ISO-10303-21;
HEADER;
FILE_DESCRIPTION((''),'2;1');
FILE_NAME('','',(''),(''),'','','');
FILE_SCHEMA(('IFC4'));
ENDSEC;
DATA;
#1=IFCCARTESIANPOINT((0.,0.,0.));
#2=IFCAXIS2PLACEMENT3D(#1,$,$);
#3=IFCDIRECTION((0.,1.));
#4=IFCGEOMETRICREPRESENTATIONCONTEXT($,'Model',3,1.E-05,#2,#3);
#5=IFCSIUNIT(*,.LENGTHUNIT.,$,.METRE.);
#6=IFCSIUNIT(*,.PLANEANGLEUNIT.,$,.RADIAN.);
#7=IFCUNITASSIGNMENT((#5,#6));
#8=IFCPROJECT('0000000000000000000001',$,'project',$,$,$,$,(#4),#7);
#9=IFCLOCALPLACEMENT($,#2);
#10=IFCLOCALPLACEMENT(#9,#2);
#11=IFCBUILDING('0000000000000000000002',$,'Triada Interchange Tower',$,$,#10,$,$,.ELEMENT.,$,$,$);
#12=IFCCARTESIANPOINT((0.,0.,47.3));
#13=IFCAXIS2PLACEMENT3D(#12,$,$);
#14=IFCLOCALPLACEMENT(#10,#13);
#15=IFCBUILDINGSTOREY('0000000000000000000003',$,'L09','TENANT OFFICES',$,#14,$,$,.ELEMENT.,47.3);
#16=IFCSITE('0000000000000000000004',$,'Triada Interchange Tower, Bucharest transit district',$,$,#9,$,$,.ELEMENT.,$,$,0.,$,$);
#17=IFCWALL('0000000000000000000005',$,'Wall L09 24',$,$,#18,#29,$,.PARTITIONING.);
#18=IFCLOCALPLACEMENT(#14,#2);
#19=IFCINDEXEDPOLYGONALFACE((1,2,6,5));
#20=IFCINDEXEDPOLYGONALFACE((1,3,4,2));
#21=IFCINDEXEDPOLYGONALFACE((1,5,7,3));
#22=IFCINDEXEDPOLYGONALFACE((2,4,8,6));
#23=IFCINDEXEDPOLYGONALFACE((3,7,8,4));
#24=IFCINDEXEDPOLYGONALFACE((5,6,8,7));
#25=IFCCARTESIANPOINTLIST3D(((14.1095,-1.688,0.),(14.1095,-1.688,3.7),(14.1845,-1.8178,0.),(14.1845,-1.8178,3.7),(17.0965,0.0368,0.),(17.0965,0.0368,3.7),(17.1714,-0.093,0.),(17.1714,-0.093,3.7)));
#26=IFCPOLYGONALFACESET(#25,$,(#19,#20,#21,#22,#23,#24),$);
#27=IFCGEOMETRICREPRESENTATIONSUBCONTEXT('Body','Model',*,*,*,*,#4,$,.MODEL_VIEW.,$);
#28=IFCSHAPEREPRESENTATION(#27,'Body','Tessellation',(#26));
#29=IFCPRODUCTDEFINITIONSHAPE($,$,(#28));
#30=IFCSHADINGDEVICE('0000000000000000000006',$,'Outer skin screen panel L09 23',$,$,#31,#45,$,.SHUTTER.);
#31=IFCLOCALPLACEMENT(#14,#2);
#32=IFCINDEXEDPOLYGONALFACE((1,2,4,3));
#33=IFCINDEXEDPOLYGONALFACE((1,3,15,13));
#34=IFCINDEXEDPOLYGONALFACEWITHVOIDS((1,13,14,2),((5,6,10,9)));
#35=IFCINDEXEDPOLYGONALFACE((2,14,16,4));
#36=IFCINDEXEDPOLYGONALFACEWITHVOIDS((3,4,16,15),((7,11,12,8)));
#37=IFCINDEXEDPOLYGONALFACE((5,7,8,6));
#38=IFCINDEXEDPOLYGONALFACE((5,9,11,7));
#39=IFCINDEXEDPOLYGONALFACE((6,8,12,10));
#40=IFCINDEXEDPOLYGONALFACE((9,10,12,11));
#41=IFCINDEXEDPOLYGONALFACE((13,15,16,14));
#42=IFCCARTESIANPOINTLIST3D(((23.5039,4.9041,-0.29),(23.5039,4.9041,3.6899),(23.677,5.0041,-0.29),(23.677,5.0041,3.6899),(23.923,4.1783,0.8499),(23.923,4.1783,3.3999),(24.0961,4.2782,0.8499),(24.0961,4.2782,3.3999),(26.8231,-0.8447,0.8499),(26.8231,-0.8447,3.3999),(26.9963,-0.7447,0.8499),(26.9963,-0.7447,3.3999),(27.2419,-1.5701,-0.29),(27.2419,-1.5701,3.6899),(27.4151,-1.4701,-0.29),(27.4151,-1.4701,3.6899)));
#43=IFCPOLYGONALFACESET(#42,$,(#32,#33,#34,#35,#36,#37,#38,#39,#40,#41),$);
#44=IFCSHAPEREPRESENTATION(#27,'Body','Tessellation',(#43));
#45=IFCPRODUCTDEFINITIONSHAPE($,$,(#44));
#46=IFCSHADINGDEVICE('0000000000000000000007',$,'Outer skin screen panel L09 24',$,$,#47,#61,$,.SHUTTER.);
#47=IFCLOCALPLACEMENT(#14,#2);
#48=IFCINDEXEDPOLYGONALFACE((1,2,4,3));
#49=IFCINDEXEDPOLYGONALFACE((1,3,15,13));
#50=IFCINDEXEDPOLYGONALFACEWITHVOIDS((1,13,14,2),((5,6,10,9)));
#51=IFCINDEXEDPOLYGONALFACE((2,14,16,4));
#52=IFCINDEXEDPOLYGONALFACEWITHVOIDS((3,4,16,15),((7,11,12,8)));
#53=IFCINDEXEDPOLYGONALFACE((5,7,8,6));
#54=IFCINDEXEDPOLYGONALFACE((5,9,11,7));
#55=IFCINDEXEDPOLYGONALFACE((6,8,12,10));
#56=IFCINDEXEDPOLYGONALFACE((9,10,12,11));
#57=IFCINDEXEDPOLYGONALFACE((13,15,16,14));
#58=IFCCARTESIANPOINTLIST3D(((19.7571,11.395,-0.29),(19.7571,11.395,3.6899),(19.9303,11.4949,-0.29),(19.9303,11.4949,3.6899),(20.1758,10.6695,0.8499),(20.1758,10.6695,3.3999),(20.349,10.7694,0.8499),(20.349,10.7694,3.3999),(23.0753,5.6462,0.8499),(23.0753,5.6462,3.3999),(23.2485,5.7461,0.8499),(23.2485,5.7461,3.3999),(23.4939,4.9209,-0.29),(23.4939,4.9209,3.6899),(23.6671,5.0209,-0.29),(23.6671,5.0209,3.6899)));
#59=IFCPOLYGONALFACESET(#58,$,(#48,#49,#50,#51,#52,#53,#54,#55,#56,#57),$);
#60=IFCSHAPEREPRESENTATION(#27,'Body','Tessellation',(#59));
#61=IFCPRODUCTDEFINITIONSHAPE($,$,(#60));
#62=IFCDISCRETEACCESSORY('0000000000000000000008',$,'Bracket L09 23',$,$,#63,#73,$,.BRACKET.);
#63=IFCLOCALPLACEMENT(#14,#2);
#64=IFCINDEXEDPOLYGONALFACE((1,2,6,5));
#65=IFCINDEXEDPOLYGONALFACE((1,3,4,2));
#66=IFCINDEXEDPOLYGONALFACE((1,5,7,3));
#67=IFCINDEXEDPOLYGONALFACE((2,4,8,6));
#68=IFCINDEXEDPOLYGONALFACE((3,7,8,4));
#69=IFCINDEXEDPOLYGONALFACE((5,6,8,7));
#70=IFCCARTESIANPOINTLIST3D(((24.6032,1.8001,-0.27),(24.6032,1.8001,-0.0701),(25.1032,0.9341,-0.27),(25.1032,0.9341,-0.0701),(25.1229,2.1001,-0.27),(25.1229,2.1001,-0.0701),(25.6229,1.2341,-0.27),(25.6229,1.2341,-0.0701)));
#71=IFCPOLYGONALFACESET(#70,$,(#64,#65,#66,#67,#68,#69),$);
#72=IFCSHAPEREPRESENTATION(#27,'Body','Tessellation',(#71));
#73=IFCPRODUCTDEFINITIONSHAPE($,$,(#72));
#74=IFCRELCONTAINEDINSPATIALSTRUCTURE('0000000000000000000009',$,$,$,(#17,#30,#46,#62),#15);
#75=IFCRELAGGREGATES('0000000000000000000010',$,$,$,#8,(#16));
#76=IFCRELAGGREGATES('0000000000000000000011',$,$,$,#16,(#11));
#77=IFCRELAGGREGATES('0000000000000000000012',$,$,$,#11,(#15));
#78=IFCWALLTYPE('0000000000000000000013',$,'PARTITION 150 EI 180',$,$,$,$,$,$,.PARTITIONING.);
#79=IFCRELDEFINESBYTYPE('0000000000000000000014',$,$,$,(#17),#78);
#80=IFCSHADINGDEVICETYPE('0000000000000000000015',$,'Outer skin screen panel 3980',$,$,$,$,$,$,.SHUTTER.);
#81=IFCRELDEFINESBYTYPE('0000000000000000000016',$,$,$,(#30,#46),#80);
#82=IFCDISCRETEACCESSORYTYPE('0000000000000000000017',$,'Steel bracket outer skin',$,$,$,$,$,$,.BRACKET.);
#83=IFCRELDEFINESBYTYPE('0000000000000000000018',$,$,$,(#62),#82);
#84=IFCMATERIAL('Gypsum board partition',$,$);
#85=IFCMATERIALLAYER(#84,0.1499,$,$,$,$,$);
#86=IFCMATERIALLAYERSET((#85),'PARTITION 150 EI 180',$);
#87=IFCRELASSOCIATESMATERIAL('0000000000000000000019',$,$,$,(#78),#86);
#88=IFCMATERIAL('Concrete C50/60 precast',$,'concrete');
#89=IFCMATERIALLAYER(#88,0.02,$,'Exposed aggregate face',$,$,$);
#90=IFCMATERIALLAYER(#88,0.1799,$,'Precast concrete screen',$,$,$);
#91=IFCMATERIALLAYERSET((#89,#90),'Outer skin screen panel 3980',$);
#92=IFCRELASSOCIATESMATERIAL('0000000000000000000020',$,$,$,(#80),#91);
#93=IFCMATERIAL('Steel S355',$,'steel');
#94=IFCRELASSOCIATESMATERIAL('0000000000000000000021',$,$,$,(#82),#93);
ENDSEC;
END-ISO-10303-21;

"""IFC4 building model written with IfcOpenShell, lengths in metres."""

from ifc_helpers import new_model, si_unit, direction, frame, frame_2d, origin, origin_2d, place, context, subcontext, project, spatial, polyline, rectangle, outline, extrude, material, layer, layer_set, type_object, element, save


model = new_model("IFC4")

# Units and contexts
model_context = context("Model", 3, precision=1e-05, world=origin(), true_north=direction((0.0, 1.0)))
body_context = subcontext(model_context, "Body", "Model", "MODEL_VIEW")
ifc_project = project(units=[si_unit("LENGTHUNIT", "METRE"), si_unit("PLANEANGLEUNIT", "RADIAN")], contexts=[model_context])

# Site, building, storey
site_placement = place(None, origin())
site = spatial("IfcSite", under=ifc_project, at=site_placement, Name="Triada Interchange Tower, Bucharest transit district", CompositionType="ELEMENT", RefElevation=0.0)
building_placement = place(site_placement, origin())
building = spatial("IfcBuilding", under=site, at=building_placement, Name="Triada Interchange Tower", CompositionType="ELEMENT")
storey_placement = place(building_placement, frame((0.0, 0.0, 47.3)))
storey = spatial("IfcBuildingStorey", under=building, at=storey_placement, Name="L09", Description="TENANT OFFICES", CompositionType="ELEMENT", Elevation=47.3)

# Wall
ifc_material_1 = material(Name="Gypsum board partition")
ifc_layer_1 = layer(ifc_material_1, 0.1499)
ifc_layer_set_1 = layer_set([ifc_layer_1], Name="PARTITION 150 EI 180")
wall_type_1 = type_object("IfcWallType", Name="PARTITION 150 EI 180", PredefinedType="PARTITIONING", material=ifc_layer_set_1)
wall_1_placement = place(storey_placement, frame((14.147, -1.7529, 0.0), z_axis=(0.0, 0.0, 1.0), x_axis=(0.865991, 0.500059, 0.0)))
element("IfcWall", 1, at=wall_1_placement, inside=storey, type_object=wall_type_1, Name="Wall L09 24", PredefinedType="PARTITIONING", context=body_context, shape_type="SweptSolid", body=[
    extrude(rectangle(XDim=3.4492, YDim=0.1499, at=frame_2d((1.7246, 0.0))), origin(), (0.0, 0.0, 1.0), 3.7),
])

# Shading devices
ifc_material_2 = material(Name="Concrete C50/60 precast", Category="concrete")
ifc_layer_2 = layer(ifc_material_2, 0.02, Name="Exposed aggregate face")
ifc_layer_3 = layer(ifc_material_2, 0.1799, Name="Precast concrete screen")
ifc_layer_set_2 = layer_set([ifc_layer_2, ifc_layer_3], Name="Outer skin screen panel 3980")
shading_device_type = type_object("IfcShadingDeviceType", Name="Outer skin screen panel 3980", PredefinedType="SHUTTER", material=ifc_layer_set_2)
shading_device_1_placement = place(storey_placement, frame((27.2419, -1.5701, -0.29), z_axis=(0.0, 0.0, 1.0), x_axis=(-0.50002, 0.866014, 0.0)))
element("IfcShadingDevice", 2, at=shading_device_1_placement, inside=storey, type_object=shading_device_type, Name="Outer skin screen panel L09 23", PredefinedType="SHUTTER", context=body_context, shape_type="SweptSolid", body=[
    extrude(outline(polyline([(0.0, 0.0), (7.4758, 0.0), (7.4758, 3.98), (0.0, 3.98), (0.0, 0.0)]), holes=[polyline([(0.8376, 1.1399), (0.8376, 3.6899), (6.6377, 3.6899), (6.6377, 1.1399), (0.8376, 1.1399)])]), frame((0.0, 0.0, 0.0), z_axis=(0.0, -1.0, 0.0), x_axis=(1.0, 0.0, 0.0)), (0.0, 0.0, 1.0), 0.2),
])
shading_device_2_placement = place(storey_placement, frame((23.4939, 4.9209, -0.29), z_axis=(0.0, 0.0, 1.0), x_axis=(-0.499898, 0.866084, 0.0)))
element("IfcShadingDevice", 3, at=shading_device_2_placement, inside=storey, type_object=shading_device_type, Name="Outer skin screen panel L09 24", PredefinedType="SHUTTER", context=body_context, shape_type="SweptSolid", body=[
    extrude(outline(polyline([(0.0, 0.0), (7.4751, 0.0), (7.4751, 3.98), (0.0, 3.98), (0.0, 0.0)]), holes=[polyline([(0.8374, 1.1399), (0.8374, 3.6899), (6.6375, 3.6899), (6.6375, 1.1399), (0.8374, 1.1399)])]), frame((0.0, 0.0, 0.0), z_axis=(0.0, -1.0, 0.0), x_axis=(1.0, 0.0, 0.0)), (0.0, 0.0, 1.0), 0.2),
])

# Discrete accessory
ifc_material_3 = material(Name="Steel S355", Category="steel")
discrete_accessory_type = type_object("IfcDiscreteAccessoryType", Name="Steel bracket outer skin", PredefinedType="BRACKET", material=ifc_material_3)
discrete_accessory_placement = place(storey_placement, frame((25.113, 1.5171, -0.27), z_axis=(0.0, 0.0, 1.0), x_axis=(0.866026, 0.499999, 0.0)))
element("IfcDiscreteAccessory", 4, at=discrete_accessory_placement, inside=storey, type_object=discrete_accessory_type, Name="Bracket L09 23", PredefinedType="BRACKET", context=body_context, shape_type="SweptSolid", body=[
    extrude(rectangle(XDim=0.6001, YDim=1.0, at=origin_2d()), origin(), (0.0, 0.0, 1.0), 0.2),
])

save(model, "model.ifc")
